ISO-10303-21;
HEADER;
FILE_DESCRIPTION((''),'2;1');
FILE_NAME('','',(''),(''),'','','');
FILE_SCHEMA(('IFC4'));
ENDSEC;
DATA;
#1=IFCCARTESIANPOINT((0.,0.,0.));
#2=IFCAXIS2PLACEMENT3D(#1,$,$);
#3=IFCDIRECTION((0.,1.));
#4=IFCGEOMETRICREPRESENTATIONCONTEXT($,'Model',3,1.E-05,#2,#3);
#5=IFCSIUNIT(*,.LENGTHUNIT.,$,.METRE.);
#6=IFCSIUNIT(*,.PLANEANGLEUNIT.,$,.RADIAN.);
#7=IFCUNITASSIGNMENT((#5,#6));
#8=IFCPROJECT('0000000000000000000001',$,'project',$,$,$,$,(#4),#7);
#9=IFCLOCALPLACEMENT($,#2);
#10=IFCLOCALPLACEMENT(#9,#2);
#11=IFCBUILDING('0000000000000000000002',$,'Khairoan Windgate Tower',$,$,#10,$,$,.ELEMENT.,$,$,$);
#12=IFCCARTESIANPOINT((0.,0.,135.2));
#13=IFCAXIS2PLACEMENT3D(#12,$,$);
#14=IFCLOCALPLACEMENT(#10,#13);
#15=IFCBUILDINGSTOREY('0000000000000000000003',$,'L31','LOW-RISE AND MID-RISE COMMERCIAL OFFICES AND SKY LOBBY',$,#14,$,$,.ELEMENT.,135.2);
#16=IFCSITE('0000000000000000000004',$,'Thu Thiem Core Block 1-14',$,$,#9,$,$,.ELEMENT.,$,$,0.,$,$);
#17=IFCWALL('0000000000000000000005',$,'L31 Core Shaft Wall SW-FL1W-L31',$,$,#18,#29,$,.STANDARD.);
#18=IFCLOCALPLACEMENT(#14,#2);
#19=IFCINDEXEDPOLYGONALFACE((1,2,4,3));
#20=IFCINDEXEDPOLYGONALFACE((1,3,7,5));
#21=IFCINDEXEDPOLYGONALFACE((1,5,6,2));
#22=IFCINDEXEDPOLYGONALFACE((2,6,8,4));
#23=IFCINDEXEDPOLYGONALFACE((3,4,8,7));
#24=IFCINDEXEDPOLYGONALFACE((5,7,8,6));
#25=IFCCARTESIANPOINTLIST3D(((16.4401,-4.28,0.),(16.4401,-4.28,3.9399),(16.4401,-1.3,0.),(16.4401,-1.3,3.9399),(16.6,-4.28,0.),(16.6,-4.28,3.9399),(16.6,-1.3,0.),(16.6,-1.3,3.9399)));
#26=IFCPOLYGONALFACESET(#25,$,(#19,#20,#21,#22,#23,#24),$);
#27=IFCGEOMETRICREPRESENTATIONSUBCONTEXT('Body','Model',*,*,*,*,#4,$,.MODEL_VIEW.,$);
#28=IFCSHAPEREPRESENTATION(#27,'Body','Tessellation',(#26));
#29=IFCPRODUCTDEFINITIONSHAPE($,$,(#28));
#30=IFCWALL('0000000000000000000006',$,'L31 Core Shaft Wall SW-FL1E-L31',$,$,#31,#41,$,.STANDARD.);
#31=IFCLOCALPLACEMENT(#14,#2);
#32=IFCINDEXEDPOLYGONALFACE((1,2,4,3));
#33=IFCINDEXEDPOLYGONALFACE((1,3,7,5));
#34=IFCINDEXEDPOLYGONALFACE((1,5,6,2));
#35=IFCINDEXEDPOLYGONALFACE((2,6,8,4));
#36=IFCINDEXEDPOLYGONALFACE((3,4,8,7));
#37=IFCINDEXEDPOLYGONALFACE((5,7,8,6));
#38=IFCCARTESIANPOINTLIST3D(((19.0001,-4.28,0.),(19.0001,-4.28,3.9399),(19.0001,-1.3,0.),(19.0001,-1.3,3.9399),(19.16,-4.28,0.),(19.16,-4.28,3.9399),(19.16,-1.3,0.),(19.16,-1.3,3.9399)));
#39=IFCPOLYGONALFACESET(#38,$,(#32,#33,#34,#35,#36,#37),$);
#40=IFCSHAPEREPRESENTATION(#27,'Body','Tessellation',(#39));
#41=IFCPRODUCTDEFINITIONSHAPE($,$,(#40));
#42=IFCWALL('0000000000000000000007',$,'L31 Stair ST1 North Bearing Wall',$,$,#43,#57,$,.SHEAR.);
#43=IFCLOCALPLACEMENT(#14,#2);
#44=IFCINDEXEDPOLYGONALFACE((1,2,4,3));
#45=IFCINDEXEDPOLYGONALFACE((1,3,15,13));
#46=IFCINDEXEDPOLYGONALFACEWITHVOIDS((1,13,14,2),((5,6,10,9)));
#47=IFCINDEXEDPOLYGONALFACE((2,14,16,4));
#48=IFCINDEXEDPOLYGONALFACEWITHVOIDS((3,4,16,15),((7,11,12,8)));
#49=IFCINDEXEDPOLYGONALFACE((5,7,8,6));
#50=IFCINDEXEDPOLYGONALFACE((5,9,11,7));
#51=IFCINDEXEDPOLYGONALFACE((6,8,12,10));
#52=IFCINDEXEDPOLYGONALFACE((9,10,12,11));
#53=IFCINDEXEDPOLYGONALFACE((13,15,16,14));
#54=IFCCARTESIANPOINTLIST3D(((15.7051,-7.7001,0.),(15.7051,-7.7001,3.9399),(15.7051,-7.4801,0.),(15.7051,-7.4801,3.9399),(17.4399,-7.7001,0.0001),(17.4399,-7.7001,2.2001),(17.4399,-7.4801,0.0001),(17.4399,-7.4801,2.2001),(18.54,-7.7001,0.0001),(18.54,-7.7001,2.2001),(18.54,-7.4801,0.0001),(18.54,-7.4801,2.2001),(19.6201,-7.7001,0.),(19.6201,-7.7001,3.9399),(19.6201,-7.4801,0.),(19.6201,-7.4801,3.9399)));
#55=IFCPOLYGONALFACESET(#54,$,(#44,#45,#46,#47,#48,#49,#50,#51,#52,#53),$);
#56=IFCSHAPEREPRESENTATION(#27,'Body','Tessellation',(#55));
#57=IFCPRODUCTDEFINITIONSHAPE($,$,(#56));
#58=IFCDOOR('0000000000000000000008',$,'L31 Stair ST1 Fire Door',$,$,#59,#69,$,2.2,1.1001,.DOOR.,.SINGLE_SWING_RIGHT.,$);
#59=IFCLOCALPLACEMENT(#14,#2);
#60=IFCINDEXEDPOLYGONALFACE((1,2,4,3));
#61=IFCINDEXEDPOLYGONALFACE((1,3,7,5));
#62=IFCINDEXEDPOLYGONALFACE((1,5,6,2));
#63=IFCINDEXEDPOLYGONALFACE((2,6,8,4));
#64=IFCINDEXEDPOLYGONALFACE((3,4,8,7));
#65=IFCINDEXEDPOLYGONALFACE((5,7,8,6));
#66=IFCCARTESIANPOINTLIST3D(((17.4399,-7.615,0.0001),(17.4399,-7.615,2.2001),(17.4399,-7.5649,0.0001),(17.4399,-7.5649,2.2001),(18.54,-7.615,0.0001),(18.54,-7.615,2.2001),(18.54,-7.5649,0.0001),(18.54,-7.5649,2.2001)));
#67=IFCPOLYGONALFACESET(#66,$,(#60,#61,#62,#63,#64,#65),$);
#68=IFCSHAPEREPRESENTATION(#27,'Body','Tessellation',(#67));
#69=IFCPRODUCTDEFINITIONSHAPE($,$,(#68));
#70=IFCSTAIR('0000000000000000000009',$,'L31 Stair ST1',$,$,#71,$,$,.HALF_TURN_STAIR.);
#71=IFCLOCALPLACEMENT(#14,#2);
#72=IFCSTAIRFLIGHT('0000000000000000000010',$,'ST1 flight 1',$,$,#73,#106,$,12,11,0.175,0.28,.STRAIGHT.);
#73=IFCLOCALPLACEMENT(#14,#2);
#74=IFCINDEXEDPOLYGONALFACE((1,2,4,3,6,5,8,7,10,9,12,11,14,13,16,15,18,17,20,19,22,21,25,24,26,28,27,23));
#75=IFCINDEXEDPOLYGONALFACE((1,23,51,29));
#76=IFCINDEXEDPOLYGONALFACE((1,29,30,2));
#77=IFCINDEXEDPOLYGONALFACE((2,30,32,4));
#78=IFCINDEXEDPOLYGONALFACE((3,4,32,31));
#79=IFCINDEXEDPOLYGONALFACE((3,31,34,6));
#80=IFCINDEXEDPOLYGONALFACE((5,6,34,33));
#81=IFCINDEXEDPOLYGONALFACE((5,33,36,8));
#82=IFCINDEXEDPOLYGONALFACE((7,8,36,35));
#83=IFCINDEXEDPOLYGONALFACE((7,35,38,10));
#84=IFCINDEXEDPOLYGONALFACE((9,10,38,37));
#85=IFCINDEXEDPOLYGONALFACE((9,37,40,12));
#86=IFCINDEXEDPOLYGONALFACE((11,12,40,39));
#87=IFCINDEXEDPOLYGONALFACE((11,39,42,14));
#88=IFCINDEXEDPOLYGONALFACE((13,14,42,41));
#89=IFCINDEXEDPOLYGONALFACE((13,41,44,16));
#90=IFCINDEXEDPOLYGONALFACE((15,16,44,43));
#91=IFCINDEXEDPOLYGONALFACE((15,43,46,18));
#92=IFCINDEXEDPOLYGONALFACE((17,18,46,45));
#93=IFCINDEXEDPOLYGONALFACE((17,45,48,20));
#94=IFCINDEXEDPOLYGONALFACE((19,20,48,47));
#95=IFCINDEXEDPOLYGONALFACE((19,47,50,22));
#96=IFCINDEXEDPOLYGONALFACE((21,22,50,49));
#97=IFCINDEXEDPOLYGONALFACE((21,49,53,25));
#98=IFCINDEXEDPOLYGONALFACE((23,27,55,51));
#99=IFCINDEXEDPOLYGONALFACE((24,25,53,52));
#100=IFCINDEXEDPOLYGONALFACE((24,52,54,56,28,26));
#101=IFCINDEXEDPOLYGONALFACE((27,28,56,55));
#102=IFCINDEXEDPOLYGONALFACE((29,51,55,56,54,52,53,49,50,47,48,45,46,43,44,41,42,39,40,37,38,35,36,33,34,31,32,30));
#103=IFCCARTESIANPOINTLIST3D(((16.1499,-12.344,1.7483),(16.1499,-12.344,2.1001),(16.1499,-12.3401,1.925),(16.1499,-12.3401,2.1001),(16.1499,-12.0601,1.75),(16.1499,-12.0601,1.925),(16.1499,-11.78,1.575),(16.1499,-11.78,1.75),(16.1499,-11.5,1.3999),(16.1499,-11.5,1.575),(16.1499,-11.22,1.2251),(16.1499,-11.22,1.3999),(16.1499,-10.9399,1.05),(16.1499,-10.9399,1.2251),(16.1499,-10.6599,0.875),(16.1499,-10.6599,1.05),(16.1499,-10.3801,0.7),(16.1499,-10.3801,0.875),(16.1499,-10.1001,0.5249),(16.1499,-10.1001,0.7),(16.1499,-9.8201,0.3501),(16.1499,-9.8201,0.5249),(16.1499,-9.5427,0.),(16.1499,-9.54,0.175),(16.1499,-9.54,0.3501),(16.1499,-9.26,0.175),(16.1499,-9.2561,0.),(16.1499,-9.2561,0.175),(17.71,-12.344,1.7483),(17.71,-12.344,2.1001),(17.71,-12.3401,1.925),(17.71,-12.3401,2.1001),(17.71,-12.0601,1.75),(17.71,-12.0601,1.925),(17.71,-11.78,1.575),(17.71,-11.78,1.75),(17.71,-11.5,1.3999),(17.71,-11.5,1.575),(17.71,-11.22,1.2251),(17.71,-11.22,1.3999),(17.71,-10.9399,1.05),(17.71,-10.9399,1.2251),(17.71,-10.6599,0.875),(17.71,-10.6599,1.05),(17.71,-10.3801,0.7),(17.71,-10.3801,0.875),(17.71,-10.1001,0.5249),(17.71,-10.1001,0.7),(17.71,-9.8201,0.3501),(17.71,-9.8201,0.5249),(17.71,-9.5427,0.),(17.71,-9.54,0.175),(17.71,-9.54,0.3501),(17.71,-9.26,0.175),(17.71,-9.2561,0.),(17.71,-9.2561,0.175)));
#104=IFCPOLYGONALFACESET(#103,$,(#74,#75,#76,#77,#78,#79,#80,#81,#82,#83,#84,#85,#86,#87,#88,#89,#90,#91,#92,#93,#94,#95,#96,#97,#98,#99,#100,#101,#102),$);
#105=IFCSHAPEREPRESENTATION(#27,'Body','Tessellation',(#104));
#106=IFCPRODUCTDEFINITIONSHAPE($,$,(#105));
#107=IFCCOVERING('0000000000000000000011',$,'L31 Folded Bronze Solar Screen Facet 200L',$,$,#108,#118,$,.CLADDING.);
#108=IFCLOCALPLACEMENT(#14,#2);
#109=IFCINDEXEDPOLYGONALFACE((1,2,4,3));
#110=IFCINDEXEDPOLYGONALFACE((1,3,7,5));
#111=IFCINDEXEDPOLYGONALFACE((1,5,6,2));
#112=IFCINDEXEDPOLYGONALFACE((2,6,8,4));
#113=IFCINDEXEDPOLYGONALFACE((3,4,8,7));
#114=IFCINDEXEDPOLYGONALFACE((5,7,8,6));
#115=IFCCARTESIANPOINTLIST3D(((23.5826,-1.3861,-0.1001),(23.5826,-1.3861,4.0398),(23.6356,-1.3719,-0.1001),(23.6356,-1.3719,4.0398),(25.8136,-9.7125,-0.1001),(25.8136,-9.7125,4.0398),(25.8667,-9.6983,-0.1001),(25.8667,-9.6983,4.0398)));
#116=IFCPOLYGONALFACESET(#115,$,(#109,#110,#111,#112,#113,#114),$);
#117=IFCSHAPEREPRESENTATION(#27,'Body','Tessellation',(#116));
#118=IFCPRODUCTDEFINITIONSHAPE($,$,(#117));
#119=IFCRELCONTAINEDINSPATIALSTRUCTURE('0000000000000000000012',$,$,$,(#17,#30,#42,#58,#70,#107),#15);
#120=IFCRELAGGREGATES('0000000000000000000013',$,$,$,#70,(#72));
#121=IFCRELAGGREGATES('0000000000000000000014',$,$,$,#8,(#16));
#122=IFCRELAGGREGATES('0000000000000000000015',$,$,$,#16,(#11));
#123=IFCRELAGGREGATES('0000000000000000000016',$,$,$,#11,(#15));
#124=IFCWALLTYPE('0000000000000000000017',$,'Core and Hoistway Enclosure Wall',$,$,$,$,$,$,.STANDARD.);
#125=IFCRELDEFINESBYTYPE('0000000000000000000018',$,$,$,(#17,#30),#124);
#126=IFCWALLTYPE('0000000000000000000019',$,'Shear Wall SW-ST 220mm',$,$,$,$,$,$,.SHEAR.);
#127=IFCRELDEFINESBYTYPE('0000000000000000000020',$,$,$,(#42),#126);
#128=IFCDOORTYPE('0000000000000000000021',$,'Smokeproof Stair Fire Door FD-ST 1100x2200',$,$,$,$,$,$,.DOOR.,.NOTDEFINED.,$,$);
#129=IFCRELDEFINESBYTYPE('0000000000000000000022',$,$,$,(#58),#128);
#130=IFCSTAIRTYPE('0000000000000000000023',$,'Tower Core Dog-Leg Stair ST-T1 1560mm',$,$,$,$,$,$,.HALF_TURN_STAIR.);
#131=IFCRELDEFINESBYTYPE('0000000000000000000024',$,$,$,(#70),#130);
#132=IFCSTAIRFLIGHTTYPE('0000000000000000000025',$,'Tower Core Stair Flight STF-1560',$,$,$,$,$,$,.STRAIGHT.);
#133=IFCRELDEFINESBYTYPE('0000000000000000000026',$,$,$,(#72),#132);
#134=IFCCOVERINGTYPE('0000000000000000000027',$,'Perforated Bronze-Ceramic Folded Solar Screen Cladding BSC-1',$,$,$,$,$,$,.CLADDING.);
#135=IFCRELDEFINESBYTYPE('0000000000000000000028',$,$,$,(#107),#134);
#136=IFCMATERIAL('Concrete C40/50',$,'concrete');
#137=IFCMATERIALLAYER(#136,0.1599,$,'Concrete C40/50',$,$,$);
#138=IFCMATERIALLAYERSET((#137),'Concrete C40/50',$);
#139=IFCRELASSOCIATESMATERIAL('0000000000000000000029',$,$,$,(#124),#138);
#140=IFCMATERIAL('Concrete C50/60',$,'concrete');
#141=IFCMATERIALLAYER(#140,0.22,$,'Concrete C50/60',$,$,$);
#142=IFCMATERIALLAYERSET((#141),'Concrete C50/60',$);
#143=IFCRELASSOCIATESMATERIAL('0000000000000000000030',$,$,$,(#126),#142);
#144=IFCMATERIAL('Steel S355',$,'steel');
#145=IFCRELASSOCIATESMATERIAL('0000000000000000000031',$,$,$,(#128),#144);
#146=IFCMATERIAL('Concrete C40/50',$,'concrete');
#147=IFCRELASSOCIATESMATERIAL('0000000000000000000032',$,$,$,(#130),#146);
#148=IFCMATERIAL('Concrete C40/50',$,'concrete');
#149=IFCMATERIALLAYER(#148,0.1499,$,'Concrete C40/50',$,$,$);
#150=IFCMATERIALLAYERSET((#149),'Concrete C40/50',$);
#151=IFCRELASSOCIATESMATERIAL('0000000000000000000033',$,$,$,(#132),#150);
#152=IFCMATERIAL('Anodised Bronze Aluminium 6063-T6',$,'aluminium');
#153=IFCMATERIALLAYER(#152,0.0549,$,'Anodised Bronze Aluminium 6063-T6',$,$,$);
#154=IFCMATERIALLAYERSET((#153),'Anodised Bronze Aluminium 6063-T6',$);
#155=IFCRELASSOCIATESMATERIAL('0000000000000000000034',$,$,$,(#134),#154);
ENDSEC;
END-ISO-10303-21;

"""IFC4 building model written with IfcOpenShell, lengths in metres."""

from ifc_helpers import new_model, si_unit, direction, frame, frame_2d, origin, origin_2d, place, context, subcontext, project, spatial, polyline, rectangle, outline, extrude, material, layer, layer_set, type_object, element, fill, aggregate, save


model = new_model("IFC4")

# Units and contexts
model_context = context("Model", 3, precision=1e-05, world=origin(), true_north=direction((0.0, 1.0)))
body_context = subcontext(model_context, "Body", "Model", "MODEL_VIEW")
ifc_project = project(units=[si_unit("LENGTHUNIT", "METRE"), si_unit("PLANEANGLEUNIT", "RADIAN")], contexts=[model_context])

# Site, building, storey
site_placement = place(None, origin())
site = spatial("IfcSite", under=ifc_project, at=site_placement, Name="Thu Thiem Core Block 1-14", CompositionType="ELEMENT", RefElevation=0.0)
building_placement = place(site_placement, origin())
building = spatial("IfcBuilding", under=site, at=building_placement, Name="Khairoan Windgate Tower", CompositionType="ELEMENT")
storey_placement = place(building_placement, frame((0.0, 0.0, 135.2)))
storey = spatial("IfcBuildingStorey", under=building, at=storey_placement, Name="L31", Description="LOW-RISE AND MID-RISE COMMERCIAL OFFICES AND SKY LOBBY", CompositionType="ELEMENT", Elevation=135.2)

# Walls
ifc_material_1 = material(Name="Concrete C40/50", Category="concrete")
ifc_layer_1 = layer(ifc_material_1, 0.1599, Name="Concrete C40/50")
ifc_layer_set_1 = layer_set([ifc_layer_1], Name="Concrete C40/50")
wall_type_1 = type_object("IfcWallType", Name="Core and Hoistway Enclosure Wall", PredefinedType="STANDARD", material=ifc_layer_set_1)
for number, where, z_axis, x_axis, name in (
    (1, (16.52, -4.28, 0.0), (0.0, 0.0, 1.0), (0.0, 1.0, 0.0), "L31 Core Shaft Wall SW-FL1W-L31"),
    (2, (19.0801, -4.28, 0.0), (0.0, 0.0, 1.0), (0.0, 1.0, 0.0), "L31 Core Shaft Wall SW-FL1E-L31"),
):
    element("IfcWall", number, at=place(storey_placement, frame(where, z_axis=z_axis, x_axis=x_axis)), inside=storey, type_object=wall_type_1, Name=name, PredefinedType="STANDARD", context=body_context, shape_type="SweptSolid", body=[
        extrude(rectangle(XDim=2.98, YDim=0.1599, at=frame_2d((1.49, 0.0))), origin(), (0.0, 0.0, 1.0), 3.9399),
    ])

# Wall, opening, door
ifc_material_2 = material(Name="Concrete C50/60", Category="concrete")
ifc_layer_2 = layer(ifc_material_2, 0.22, Name="Concrete C50/60")
ifc_layer_set_2 = layer_set([ifc_layer_2], Name="Concrete C50/60")
wall_type_2 = type_object("IfcWallType", Name="Shear Wall SW-ST 220mm", PredefinedType="SHEAR", material=ifc_layer_set_2)
wall_placement = place(storey_placement, frame((19.6201, -7.5901, 0.0), z_axis=(0.0, 0.0, 1.0), x_axis=(-1.0, 0.0, 0.0)))
wall = element("IfcWall", 3, at=wall_placement, inside=storey, type_object=wall_type_2, Name="L31 Stair ST1 North Bearing Wall", PredefinedType="SHEAR", context=body_context, shape_type="SweptSolid", body=[
    extrude(rectangle(XDim=3.915, YDim=0.22, at=frame_2d((1.9575, 0.0))), origin(), (0.0, 0.0, 1.0), 3.9399),
])
opening_placement = place(wall_placement, frame((1.0801, 0.0, 0.0)))
opening = element("IfcOpeningElement", 4, at=opening_placement, cuts=wall, PredefinedType="OPENING", context=body_context, shape_type="SweptSolid", body=[
    extrude(rectangle(XDim=1.1001, YDim=2.2, at=frame_2d((0.55, 1.1001))), frame((0.0, 0.1199, 0.0), z_axis=(0.0, -1.0, 0.0), x_axis=(1.0, 0.0, 0.0)), (0.0, 0.0, 1.0), 0.24),
])
ifc_material_3 = material(Name="Steel S355", Category="steel")
door_type = type_object("IfcDoorType", Name="Smokeproof Stair Fire Door FD-ST 1100x2200", OperationType="NOTDEFINED", PredefinedType="DOOR", material=ifc_material_3)
door_placement = place(opening_placement, origin())
door = element("IfcDoor", 5, at=door_placement, inside=storey, type_object=door_type, Name="L31 Stair ST1 Fire Door", OperationType="SINGLE_SWING_RIGHT", OverallHeight=2.2, OverallWidth=1.1001, PredefinedType="DOOR", context=body_context, shape_type="SweptSolid", body=[
    extrude(rectangle(XDim=1.1001, YDim=2.2, at=frame_2d((0.55, 1.1001))), frame((0.0, 0.0249, 0.0), z_axis=(0.0, -1.0, 0.0), x_axis=(1.0, 0.0, 0.0)), (0.0, 0.0, 1.0), 0.05),
])
fill(opening, door)

# Stair, stair flight
ifc_material_4 = material(Name="Concrete C40/50", Category="concrete")
stair_type = type_object("IfcStairType", Name="Tower Core Dog-Leg Stair ST-T1 1560mm", PredefinedType="HALF_TURN_STAIR", material=ifc_material_4)
stair_placement = place(storey_placement, origin())
stair = element("IfcStair", 6, at=stair_placement, inside=storey, type_object=stair_type, Name="L31 Stair ST1", PredefinedType="HALF_TURN_STAIR")
ifc_material_5 = material(Name="Concrete C40/50", Category="concrete")
ifc_layer_3 = layer(ifc_material_5, 0.1499, Name="Concrete C40/50")
ifc_layer_set_3 = layer_set([ifc_layer_3], Name="Concrete C40/50")
stair_flight_type = type_object("IfcStairFlightType", Name="Tower Core Stair Flight STF-1560", PredefinedType="STRAIGHT", material=ifc_layer_set_3)
stair_flight_placement = place(storey_placement, frame((16.9299, -9.26, 0.0), z_axis=(0.0, 0.0, 1.0), x_axis=(0.0, -1.0, 0.0)))
stair_flight = element("IfcStairFlight", 7, at=stair_flight_placement, type_object=stair_flight_type, Name="ST1 flight 1", NumberOfRisers=12, NumberOfTreads=11, PredefinedType="STRAIGHT", RiserHeight=0.175, TreadLength=0.28, context=body_context, shape_type="SweptSolid", body=[
    extrude(outline(polyline([(-0.0039, 0.0), (-0.0039, 0.175), (0.0, 0.175), (0.28, 0.175), (0.28, 0.3501), (0.5601, 0.3501), (0.5601, 0.5249), (0.8401, 0.5249), (0.8401, 0.7), (1.1201, 0.7), (1.1201, 0.875), (1.3999, 0.875), (1.3999, 1.05), (1.6799, 1.05), (1.6799, 1.2251), (1.96, 1.2251), (1.96, 1.3999), (2.24, 1.3999), (2.24, 1.575), (2.52, 1.575), (2.52, 1.75), (2.8, 1.75), (2.8, 1.925), (3.0801, 1.925), (3.0801, 2.1001), (3.084, 2.1001), (3.084, 1.7483), (0.2827, 0.0), (-0.0039, 0.0)])), frame((0.0, 0.78, 0.0), z_axis=(0.0, -1.0, 0.0), x_axis=(1.0, 0.0, 0.0)), (0.0, 0.0, 1.0), 1.5601),
])
aggregate(stair, [stair_flight])

# Covering
ifc_material_6 = material(Name="Anodised Bronze Aluminium 6063-T6", Category="aluminium")
ifc_layer_4 = layer(ifc_material_6, 0.0549, Name="Anodised Bronze Aluminium 6063-T6")
ifc_layer_set_4 = layer_set([ifc_layer_4], Name="Anodised Bronze Aluminium 6063-T6")
covering_type = type_object("IfcCoveringType", Name="Perforated Bronze-Ceramic Folded Solar Screen Cladding BSC-1", PredefinedType="CLADDING", material=ifc_layer_set_4)
covering_placement = place(storey_placement, frame((24.7246, -5.5422, -0.1001), z_axis=(0.0, 0.0, 1.0), x_axis=(0.258819, -0.965926, 0.0)))
element("IfcCovering", 8, at=covering_placement, inside=storey, type_object=covering_type, Name="L31 Folded Bronze Solar Screen Facet 200L", PredefinedType="CLADDING", context=body_context, shape_type="SweptSolid", body=[
    extrude(rectangle(XDim=8.6201, YDim=0.0549, at=origin_2d()), origin(), (0.0, 0.0, 1.0), 4.1399),
])

save(model, "model.ifc")
